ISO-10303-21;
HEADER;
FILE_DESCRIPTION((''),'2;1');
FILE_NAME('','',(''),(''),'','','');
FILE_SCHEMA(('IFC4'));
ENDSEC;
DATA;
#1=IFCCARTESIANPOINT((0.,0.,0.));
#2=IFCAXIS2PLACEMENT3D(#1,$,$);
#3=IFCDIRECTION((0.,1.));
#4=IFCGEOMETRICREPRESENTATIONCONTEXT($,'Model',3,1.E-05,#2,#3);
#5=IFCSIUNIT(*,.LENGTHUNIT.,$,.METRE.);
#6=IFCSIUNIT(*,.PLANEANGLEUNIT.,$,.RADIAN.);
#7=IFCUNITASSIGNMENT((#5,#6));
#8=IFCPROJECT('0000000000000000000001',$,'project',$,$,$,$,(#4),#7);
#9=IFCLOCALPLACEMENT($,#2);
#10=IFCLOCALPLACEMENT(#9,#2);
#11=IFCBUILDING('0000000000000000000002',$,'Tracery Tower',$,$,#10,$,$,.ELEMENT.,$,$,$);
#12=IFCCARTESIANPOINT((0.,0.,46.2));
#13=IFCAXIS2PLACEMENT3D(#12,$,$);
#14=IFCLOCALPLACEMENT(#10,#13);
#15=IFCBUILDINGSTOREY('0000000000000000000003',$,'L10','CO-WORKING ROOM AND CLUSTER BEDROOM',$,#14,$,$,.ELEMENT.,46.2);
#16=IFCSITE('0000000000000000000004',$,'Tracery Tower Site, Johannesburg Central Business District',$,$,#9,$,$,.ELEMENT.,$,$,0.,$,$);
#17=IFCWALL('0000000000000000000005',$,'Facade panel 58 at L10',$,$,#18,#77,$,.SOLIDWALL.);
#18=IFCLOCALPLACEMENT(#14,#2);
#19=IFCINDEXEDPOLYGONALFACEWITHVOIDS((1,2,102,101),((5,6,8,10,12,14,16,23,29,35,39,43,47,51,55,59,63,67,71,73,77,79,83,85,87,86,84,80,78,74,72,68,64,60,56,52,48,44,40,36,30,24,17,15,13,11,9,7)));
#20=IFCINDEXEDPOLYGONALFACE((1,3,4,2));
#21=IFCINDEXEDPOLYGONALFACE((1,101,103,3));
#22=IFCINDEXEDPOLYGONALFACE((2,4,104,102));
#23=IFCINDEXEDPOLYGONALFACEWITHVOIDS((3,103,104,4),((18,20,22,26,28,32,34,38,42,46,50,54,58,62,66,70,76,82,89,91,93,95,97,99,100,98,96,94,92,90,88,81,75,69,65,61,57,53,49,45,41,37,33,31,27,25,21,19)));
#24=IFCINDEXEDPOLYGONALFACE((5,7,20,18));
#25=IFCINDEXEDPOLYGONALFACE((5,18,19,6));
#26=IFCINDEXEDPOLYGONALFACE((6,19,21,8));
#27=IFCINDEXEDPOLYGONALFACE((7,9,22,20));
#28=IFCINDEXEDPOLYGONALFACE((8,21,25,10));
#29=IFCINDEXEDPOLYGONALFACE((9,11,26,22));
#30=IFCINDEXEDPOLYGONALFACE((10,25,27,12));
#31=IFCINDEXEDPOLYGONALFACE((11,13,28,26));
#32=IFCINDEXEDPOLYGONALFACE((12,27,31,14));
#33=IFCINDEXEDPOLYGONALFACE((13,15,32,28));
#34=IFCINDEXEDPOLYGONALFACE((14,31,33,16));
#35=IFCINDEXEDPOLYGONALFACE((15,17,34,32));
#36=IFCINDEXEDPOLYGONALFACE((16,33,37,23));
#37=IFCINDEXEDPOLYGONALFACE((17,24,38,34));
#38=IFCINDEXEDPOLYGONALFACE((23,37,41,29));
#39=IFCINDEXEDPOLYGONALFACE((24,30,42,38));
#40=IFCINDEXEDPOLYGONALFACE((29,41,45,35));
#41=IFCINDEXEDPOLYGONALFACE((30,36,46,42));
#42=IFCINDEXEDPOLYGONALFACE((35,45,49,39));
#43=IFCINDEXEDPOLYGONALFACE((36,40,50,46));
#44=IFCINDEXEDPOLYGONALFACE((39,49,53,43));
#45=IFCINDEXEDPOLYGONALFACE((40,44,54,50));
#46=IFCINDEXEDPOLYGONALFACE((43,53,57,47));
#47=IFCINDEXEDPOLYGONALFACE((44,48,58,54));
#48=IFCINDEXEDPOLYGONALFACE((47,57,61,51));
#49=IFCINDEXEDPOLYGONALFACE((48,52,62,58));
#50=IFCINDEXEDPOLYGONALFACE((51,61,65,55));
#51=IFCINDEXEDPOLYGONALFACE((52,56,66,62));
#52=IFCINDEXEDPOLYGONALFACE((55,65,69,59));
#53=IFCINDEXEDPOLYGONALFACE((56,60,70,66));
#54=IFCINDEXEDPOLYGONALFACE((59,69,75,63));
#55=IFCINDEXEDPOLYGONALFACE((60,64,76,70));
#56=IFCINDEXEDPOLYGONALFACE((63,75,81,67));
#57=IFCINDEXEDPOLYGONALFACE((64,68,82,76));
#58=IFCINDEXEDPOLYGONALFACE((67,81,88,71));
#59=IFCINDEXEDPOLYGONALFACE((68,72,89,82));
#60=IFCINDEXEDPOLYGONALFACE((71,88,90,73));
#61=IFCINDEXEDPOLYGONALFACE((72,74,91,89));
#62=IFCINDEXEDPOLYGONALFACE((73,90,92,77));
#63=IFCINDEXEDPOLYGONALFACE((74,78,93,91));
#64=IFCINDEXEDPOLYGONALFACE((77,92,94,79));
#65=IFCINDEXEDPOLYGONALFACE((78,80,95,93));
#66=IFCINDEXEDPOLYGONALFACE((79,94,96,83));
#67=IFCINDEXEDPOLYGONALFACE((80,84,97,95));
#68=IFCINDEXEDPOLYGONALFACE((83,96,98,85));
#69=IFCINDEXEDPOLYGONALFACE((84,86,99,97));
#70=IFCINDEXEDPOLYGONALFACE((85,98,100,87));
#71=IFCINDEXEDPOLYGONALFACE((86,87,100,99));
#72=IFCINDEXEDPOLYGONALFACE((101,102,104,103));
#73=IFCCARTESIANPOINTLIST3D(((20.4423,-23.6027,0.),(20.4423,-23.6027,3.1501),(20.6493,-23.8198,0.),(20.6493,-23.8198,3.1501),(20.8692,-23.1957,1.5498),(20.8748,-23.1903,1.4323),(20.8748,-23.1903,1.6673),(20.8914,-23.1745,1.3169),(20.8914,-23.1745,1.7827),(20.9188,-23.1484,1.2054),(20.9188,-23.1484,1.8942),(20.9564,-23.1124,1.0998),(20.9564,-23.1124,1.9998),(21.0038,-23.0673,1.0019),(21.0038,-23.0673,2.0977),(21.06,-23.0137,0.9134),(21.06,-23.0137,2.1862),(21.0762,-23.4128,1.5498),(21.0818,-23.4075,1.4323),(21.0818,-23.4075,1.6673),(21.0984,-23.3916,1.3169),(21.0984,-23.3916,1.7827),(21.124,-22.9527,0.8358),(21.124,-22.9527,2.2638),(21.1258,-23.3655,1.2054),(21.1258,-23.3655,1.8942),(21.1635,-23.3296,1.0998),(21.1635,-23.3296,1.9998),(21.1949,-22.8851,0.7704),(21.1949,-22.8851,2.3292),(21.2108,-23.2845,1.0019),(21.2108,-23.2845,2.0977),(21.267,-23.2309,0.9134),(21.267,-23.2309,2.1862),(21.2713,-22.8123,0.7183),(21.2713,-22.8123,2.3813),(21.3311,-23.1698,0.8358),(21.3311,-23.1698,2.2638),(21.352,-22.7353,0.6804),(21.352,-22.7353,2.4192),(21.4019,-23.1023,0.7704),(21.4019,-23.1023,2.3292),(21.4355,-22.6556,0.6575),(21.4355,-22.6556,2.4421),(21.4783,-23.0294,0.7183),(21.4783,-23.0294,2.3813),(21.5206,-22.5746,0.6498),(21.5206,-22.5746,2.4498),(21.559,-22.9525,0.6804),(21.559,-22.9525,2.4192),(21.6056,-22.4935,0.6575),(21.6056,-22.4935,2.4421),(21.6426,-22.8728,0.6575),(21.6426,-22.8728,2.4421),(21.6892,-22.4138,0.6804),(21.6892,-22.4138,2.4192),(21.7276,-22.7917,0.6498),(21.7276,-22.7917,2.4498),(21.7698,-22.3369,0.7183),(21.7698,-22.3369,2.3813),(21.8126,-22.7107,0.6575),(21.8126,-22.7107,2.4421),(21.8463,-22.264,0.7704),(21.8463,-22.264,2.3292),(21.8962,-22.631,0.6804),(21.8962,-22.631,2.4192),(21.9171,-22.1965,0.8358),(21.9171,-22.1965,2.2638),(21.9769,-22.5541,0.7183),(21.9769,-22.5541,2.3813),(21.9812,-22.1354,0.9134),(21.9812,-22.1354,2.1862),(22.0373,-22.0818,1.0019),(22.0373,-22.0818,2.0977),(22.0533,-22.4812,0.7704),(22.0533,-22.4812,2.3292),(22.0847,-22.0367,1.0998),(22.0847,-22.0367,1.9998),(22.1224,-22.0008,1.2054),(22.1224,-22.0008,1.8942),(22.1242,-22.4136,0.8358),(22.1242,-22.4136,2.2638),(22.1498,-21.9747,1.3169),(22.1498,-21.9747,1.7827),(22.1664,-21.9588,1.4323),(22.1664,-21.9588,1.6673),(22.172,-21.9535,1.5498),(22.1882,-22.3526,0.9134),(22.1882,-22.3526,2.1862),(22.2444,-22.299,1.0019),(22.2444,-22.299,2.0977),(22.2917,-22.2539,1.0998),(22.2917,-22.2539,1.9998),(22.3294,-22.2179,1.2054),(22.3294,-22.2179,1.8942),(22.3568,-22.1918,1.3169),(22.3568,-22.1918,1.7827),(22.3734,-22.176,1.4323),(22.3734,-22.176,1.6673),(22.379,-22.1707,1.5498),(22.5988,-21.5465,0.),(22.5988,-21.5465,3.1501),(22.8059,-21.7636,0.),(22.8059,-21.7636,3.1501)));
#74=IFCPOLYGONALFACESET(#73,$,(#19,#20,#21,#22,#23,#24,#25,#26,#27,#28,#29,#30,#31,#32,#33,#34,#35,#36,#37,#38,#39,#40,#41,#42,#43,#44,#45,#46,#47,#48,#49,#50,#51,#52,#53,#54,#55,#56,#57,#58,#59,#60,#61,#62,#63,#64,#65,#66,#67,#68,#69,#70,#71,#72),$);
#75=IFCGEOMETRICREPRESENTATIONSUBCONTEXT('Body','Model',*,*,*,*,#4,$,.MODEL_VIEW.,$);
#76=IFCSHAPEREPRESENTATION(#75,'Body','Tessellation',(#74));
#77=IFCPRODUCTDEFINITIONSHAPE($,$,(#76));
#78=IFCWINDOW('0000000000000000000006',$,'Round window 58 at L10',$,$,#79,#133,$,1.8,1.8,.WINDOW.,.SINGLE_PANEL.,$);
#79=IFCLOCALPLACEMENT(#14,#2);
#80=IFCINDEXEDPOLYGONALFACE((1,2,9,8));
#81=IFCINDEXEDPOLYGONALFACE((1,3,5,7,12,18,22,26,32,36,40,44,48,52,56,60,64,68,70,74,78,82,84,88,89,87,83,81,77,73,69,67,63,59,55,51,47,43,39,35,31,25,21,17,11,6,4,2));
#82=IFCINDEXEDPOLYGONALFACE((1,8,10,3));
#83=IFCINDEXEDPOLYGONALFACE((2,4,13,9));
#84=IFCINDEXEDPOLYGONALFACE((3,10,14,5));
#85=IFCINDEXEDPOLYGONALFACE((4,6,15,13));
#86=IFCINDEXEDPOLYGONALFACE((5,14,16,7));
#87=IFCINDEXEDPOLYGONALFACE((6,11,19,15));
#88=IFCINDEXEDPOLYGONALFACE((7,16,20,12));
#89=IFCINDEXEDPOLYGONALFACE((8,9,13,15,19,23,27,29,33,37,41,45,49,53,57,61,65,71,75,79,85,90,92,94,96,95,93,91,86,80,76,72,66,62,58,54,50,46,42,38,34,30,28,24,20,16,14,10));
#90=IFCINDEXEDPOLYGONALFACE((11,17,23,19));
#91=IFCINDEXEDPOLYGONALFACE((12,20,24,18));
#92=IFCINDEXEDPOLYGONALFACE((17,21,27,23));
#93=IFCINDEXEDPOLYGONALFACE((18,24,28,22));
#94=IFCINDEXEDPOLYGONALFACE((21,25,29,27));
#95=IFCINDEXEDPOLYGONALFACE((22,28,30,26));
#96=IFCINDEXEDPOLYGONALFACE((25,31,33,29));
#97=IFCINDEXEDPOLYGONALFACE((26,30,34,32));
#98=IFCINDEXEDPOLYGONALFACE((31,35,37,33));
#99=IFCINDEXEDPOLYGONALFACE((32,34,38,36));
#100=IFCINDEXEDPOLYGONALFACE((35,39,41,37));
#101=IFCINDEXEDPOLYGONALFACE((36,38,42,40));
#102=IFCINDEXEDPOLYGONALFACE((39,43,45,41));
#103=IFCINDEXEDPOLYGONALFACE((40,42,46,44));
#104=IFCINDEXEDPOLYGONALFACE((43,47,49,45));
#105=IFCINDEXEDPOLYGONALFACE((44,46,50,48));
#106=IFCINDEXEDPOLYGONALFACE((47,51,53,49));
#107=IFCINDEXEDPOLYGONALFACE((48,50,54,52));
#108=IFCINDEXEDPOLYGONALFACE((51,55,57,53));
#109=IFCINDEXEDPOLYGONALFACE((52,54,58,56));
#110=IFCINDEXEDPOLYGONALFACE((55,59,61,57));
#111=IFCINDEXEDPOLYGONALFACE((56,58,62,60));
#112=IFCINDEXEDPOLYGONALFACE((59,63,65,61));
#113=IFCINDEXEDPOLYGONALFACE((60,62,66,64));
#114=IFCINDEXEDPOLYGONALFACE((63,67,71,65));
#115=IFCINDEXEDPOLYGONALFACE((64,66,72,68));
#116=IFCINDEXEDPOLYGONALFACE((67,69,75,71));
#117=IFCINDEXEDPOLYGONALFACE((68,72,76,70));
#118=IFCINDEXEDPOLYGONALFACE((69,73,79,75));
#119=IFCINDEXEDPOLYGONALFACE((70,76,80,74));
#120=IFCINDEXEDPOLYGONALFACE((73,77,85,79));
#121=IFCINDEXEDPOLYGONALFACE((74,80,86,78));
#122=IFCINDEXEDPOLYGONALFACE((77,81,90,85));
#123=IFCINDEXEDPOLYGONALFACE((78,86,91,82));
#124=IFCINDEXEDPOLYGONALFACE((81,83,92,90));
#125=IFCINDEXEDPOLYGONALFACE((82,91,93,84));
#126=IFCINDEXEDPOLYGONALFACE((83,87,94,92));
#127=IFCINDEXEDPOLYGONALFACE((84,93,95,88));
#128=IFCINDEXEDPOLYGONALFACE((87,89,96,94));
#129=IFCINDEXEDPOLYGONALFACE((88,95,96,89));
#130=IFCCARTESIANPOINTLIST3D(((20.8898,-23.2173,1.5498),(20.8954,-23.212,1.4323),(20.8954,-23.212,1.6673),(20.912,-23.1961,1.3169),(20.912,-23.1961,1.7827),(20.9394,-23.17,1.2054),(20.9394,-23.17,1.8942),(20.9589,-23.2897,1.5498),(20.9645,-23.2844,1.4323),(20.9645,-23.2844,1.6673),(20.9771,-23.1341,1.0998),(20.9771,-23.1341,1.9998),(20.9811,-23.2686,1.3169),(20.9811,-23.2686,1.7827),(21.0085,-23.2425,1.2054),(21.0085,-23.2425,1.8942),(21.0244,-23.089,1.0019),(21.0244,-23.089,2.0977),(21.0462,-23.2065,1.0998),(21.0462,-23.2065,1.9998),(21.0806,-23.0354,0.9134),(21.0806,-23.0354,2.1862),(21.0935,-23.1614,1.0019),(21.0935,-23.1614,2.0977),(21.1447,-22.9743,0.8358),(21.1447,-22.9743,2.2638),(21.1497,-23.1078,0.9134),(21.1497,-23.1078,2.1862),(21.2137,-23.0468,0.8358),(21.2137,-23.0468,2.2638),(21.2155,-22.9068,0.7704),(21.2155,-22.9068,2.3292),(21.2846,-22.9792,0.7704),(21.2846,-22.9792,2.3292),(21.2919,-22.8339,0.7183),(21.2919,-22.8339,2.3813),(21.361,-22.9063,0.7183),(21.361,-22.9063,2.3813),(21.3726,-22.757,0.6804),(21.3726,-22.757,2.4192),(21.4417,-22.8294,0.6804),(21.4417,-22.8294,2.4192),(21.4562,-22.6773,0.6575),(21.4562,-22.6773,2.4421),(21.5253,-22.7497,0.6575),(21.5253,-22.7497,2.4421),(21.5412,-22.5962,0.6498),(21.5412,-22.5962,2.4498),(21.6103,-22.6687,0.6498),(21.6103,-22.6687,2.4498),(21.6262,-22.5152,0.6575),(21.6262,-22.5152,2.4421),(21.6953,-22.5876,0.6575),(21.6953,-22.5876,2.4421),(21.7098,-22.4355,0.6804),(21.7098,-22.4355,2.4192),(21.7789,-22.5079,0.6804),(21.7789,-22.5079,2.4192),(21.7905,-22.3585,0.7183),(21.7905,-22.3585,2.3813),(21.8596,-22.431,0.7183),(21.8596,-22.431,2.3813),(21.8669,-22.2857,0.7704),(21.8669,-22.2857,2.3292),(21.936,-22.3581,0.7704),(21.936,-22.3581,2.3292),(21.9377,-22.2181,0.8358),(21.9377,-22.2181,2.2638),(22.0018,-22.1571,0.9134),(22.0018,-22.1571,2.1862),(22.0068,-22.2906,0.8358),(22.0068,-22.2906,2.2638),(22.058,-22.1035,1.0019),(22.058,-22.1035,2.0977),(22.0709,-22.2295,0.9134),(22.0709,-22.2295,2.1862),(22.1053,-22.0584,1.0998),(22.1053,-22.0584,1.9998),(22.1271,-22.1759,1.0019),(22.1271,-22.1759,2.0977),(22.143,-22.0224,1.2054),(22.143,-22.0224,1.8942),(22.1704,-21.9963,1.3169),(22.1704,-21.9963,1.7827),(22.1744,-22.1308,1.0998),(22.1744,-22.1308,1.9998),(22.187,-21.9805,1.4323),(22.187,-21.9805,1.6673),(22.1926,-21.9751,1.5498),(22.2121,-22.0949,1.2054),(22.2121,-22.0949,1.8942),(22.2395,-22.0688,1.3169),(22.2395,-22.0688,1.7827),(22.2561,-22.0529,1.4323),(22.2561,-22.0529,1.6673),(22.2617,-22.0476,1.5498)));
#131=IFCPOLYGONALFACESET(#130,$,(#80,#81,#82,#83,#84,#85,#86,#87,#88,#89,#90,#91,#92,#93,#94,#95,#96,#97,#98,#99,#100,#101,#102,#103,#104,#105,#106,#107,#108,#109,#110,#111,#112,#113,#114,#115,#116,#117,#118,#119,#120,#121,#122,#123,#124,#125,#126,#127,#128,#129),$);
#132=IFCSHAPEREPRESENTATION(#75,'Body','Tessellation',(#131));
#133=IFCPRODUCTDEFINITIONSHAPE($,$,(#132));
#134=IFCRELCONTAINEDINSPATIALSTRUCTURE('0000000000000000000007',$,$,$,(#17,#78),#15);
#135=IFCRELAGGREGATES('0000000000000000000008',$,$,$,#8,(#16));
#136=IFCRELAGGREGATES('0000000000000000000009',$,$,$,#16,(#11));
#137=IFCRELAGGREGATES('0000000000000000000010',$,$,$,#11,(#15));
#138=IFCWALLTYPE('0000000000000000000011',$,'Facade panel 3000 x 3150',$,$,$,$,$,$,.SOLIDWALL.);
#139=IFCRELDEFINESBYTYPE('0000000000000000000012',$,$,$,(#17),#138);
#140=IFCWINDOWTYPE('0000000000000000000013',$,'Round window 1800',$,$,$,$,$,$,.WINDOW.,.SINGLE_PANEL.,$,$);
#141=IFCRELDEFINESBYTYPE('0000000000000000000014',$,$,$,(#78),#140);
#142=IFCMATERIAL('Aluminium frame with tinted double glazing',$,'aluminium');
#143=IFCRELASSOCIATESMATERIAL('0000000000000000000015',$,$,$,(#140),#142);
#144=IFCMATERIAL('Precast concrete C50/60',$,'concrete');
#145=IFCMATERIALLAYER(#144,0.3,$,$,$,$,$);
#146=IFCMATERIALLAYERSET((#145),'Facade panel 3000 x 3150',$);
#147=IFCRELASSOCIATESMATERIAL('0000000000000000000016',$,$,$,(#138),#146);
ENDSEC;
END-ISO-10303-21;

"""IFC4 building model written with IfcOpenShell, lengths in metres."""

from ifc_helpers import new_model, si_unit, direction, frame, frame_2d, origin, origin_2d, place, context, subcontext, project, spatial, rectangle, circle, extrude, material, layer, layer_set, type_object, element, fill, save


model = new_model("IFC4")

# Units and contexts
model_context = context("Model", 3, precision=1e-05, world=origin(), true_north=direction((0.0, 1.0)))
body_context = subcontext(model_context, "Body", "Model", "MODEL_VIEW")
ifc_project = project(units=[si_unit("LENGTHUNIT", "METRE"), si_unit("PLANEANGLEUNIT", "RADIAN")], contexts=[model_context])

# Site, building, storey
site_placement = place(None, origin())
site = spatial("IfcSite", under=ifc_project, at=site_placement, Name="Tracery Tower Site, Johannesburg Central Business District", CompositionType="ELEMENT", RefElevation=0.0)
building_placement = place(site_placement, origin())
building = spatial("IfcBuilding", under=site, at=building_placement, Name="Tracery Tower", CompositionType="ELEMENT")
storey_placement = place(building_placement, frame((0.0, 0.0, 46.2)))
storey = spatial("IfcBuildingStorey", under=building, at=storey_placement, Name="L10", Description="CO-WORKING ROOM AND CLUSTER BEDROOM", CompositionType="ELEMENT", Elevation=46.2)

# Wall, opening, window
ifc_material_1 = material(Name="Aluminium frame with tinted double glazing", Category="aluminium")
window_type = type_object("IfcWindowType", Name="Round window 1800", PartitioningType="SINGLE_PANEL", PredefinedType="WINDOW", material=ifc_material_1)
ifc_material_2 = material(Name="Precast concrete C50/60", Category="concrete")
ifc_layer_1 = layer(ifc_material_2, 0.3)
ifc_layer_set_1 = layer_set([ifc_layer_1], Name="Facade panel 3000 x 3150")
wall_type_1 = type_object("IfcWallType", Name="Facade panel 3000 x 3150", PredefinedType="SOLIDWALL", material=ifc_layer_set_1)
wall_1_placement = place(storey_placement, frame((20.5459, -23.7112, 0.0), z_axis=(0.0, 0.0, 1.0), x_axis=(0.723744, 0.690068, 0.0)))
wall_1 = element("IfcWall", 1, at=wall_1_placement, inside=storey, type_object=wall_type_1, Name="Facade panel 58 at L10", PredefinedType="SOLIDWALL", context=body_context, shape_type="SweptSolid", body=[
    extrude(rectangle(XDim=2.9797, YDim=0.3, at=frame_2d((1.4897, 0.0))), origin(), (0.0, 0.0, 1.0), 3.1501),
])
opening_1_placement = place(wall_1_placement, frame((1.4897, 0.0, 1.5498)))
opening_1 = element("IfcOpeningElement", 2, at=opening_1_placement, cuts=wall_1, PredefinedType="OPENING", context=body_context, shape_type="SweptSolid", body=[
    extrude(circle(Radius=0.9, at=origin_2d()), frame((0.0, 0.1599, 0.0), z_axis=(0.0, -1.0, 0.0), x_axis=(1.0, 0.0, 0.0)), (0.0, 0.0, 1.0), 0.3201),
])
window_1_placement = place(opening_1_placement, origin())
window_1 = element("IfcWindow", 3, at=window_1_placement, inside=storey, type_object=window_type, Name="Round window 58 at L10", OverallHeight=1.8, OverallWidth=1.8, PartitioningType="SINGLE_PANEL", PredefinedType="WINDOW", context=body_context, shape_type="SweptSolid", body=[
    extrude(circle(Radius=0.9, at=origin_2d()), frame((0.0, 0.1201, 0.0), z_axis=(0.0, -1.0, 0.0), x_axis=(1.0, 0.0, 0.0)), (0.0, 0.0, 1.0), 0.1001),
])
fill(opening_1, window_1)

save(model, "model.ifc")
